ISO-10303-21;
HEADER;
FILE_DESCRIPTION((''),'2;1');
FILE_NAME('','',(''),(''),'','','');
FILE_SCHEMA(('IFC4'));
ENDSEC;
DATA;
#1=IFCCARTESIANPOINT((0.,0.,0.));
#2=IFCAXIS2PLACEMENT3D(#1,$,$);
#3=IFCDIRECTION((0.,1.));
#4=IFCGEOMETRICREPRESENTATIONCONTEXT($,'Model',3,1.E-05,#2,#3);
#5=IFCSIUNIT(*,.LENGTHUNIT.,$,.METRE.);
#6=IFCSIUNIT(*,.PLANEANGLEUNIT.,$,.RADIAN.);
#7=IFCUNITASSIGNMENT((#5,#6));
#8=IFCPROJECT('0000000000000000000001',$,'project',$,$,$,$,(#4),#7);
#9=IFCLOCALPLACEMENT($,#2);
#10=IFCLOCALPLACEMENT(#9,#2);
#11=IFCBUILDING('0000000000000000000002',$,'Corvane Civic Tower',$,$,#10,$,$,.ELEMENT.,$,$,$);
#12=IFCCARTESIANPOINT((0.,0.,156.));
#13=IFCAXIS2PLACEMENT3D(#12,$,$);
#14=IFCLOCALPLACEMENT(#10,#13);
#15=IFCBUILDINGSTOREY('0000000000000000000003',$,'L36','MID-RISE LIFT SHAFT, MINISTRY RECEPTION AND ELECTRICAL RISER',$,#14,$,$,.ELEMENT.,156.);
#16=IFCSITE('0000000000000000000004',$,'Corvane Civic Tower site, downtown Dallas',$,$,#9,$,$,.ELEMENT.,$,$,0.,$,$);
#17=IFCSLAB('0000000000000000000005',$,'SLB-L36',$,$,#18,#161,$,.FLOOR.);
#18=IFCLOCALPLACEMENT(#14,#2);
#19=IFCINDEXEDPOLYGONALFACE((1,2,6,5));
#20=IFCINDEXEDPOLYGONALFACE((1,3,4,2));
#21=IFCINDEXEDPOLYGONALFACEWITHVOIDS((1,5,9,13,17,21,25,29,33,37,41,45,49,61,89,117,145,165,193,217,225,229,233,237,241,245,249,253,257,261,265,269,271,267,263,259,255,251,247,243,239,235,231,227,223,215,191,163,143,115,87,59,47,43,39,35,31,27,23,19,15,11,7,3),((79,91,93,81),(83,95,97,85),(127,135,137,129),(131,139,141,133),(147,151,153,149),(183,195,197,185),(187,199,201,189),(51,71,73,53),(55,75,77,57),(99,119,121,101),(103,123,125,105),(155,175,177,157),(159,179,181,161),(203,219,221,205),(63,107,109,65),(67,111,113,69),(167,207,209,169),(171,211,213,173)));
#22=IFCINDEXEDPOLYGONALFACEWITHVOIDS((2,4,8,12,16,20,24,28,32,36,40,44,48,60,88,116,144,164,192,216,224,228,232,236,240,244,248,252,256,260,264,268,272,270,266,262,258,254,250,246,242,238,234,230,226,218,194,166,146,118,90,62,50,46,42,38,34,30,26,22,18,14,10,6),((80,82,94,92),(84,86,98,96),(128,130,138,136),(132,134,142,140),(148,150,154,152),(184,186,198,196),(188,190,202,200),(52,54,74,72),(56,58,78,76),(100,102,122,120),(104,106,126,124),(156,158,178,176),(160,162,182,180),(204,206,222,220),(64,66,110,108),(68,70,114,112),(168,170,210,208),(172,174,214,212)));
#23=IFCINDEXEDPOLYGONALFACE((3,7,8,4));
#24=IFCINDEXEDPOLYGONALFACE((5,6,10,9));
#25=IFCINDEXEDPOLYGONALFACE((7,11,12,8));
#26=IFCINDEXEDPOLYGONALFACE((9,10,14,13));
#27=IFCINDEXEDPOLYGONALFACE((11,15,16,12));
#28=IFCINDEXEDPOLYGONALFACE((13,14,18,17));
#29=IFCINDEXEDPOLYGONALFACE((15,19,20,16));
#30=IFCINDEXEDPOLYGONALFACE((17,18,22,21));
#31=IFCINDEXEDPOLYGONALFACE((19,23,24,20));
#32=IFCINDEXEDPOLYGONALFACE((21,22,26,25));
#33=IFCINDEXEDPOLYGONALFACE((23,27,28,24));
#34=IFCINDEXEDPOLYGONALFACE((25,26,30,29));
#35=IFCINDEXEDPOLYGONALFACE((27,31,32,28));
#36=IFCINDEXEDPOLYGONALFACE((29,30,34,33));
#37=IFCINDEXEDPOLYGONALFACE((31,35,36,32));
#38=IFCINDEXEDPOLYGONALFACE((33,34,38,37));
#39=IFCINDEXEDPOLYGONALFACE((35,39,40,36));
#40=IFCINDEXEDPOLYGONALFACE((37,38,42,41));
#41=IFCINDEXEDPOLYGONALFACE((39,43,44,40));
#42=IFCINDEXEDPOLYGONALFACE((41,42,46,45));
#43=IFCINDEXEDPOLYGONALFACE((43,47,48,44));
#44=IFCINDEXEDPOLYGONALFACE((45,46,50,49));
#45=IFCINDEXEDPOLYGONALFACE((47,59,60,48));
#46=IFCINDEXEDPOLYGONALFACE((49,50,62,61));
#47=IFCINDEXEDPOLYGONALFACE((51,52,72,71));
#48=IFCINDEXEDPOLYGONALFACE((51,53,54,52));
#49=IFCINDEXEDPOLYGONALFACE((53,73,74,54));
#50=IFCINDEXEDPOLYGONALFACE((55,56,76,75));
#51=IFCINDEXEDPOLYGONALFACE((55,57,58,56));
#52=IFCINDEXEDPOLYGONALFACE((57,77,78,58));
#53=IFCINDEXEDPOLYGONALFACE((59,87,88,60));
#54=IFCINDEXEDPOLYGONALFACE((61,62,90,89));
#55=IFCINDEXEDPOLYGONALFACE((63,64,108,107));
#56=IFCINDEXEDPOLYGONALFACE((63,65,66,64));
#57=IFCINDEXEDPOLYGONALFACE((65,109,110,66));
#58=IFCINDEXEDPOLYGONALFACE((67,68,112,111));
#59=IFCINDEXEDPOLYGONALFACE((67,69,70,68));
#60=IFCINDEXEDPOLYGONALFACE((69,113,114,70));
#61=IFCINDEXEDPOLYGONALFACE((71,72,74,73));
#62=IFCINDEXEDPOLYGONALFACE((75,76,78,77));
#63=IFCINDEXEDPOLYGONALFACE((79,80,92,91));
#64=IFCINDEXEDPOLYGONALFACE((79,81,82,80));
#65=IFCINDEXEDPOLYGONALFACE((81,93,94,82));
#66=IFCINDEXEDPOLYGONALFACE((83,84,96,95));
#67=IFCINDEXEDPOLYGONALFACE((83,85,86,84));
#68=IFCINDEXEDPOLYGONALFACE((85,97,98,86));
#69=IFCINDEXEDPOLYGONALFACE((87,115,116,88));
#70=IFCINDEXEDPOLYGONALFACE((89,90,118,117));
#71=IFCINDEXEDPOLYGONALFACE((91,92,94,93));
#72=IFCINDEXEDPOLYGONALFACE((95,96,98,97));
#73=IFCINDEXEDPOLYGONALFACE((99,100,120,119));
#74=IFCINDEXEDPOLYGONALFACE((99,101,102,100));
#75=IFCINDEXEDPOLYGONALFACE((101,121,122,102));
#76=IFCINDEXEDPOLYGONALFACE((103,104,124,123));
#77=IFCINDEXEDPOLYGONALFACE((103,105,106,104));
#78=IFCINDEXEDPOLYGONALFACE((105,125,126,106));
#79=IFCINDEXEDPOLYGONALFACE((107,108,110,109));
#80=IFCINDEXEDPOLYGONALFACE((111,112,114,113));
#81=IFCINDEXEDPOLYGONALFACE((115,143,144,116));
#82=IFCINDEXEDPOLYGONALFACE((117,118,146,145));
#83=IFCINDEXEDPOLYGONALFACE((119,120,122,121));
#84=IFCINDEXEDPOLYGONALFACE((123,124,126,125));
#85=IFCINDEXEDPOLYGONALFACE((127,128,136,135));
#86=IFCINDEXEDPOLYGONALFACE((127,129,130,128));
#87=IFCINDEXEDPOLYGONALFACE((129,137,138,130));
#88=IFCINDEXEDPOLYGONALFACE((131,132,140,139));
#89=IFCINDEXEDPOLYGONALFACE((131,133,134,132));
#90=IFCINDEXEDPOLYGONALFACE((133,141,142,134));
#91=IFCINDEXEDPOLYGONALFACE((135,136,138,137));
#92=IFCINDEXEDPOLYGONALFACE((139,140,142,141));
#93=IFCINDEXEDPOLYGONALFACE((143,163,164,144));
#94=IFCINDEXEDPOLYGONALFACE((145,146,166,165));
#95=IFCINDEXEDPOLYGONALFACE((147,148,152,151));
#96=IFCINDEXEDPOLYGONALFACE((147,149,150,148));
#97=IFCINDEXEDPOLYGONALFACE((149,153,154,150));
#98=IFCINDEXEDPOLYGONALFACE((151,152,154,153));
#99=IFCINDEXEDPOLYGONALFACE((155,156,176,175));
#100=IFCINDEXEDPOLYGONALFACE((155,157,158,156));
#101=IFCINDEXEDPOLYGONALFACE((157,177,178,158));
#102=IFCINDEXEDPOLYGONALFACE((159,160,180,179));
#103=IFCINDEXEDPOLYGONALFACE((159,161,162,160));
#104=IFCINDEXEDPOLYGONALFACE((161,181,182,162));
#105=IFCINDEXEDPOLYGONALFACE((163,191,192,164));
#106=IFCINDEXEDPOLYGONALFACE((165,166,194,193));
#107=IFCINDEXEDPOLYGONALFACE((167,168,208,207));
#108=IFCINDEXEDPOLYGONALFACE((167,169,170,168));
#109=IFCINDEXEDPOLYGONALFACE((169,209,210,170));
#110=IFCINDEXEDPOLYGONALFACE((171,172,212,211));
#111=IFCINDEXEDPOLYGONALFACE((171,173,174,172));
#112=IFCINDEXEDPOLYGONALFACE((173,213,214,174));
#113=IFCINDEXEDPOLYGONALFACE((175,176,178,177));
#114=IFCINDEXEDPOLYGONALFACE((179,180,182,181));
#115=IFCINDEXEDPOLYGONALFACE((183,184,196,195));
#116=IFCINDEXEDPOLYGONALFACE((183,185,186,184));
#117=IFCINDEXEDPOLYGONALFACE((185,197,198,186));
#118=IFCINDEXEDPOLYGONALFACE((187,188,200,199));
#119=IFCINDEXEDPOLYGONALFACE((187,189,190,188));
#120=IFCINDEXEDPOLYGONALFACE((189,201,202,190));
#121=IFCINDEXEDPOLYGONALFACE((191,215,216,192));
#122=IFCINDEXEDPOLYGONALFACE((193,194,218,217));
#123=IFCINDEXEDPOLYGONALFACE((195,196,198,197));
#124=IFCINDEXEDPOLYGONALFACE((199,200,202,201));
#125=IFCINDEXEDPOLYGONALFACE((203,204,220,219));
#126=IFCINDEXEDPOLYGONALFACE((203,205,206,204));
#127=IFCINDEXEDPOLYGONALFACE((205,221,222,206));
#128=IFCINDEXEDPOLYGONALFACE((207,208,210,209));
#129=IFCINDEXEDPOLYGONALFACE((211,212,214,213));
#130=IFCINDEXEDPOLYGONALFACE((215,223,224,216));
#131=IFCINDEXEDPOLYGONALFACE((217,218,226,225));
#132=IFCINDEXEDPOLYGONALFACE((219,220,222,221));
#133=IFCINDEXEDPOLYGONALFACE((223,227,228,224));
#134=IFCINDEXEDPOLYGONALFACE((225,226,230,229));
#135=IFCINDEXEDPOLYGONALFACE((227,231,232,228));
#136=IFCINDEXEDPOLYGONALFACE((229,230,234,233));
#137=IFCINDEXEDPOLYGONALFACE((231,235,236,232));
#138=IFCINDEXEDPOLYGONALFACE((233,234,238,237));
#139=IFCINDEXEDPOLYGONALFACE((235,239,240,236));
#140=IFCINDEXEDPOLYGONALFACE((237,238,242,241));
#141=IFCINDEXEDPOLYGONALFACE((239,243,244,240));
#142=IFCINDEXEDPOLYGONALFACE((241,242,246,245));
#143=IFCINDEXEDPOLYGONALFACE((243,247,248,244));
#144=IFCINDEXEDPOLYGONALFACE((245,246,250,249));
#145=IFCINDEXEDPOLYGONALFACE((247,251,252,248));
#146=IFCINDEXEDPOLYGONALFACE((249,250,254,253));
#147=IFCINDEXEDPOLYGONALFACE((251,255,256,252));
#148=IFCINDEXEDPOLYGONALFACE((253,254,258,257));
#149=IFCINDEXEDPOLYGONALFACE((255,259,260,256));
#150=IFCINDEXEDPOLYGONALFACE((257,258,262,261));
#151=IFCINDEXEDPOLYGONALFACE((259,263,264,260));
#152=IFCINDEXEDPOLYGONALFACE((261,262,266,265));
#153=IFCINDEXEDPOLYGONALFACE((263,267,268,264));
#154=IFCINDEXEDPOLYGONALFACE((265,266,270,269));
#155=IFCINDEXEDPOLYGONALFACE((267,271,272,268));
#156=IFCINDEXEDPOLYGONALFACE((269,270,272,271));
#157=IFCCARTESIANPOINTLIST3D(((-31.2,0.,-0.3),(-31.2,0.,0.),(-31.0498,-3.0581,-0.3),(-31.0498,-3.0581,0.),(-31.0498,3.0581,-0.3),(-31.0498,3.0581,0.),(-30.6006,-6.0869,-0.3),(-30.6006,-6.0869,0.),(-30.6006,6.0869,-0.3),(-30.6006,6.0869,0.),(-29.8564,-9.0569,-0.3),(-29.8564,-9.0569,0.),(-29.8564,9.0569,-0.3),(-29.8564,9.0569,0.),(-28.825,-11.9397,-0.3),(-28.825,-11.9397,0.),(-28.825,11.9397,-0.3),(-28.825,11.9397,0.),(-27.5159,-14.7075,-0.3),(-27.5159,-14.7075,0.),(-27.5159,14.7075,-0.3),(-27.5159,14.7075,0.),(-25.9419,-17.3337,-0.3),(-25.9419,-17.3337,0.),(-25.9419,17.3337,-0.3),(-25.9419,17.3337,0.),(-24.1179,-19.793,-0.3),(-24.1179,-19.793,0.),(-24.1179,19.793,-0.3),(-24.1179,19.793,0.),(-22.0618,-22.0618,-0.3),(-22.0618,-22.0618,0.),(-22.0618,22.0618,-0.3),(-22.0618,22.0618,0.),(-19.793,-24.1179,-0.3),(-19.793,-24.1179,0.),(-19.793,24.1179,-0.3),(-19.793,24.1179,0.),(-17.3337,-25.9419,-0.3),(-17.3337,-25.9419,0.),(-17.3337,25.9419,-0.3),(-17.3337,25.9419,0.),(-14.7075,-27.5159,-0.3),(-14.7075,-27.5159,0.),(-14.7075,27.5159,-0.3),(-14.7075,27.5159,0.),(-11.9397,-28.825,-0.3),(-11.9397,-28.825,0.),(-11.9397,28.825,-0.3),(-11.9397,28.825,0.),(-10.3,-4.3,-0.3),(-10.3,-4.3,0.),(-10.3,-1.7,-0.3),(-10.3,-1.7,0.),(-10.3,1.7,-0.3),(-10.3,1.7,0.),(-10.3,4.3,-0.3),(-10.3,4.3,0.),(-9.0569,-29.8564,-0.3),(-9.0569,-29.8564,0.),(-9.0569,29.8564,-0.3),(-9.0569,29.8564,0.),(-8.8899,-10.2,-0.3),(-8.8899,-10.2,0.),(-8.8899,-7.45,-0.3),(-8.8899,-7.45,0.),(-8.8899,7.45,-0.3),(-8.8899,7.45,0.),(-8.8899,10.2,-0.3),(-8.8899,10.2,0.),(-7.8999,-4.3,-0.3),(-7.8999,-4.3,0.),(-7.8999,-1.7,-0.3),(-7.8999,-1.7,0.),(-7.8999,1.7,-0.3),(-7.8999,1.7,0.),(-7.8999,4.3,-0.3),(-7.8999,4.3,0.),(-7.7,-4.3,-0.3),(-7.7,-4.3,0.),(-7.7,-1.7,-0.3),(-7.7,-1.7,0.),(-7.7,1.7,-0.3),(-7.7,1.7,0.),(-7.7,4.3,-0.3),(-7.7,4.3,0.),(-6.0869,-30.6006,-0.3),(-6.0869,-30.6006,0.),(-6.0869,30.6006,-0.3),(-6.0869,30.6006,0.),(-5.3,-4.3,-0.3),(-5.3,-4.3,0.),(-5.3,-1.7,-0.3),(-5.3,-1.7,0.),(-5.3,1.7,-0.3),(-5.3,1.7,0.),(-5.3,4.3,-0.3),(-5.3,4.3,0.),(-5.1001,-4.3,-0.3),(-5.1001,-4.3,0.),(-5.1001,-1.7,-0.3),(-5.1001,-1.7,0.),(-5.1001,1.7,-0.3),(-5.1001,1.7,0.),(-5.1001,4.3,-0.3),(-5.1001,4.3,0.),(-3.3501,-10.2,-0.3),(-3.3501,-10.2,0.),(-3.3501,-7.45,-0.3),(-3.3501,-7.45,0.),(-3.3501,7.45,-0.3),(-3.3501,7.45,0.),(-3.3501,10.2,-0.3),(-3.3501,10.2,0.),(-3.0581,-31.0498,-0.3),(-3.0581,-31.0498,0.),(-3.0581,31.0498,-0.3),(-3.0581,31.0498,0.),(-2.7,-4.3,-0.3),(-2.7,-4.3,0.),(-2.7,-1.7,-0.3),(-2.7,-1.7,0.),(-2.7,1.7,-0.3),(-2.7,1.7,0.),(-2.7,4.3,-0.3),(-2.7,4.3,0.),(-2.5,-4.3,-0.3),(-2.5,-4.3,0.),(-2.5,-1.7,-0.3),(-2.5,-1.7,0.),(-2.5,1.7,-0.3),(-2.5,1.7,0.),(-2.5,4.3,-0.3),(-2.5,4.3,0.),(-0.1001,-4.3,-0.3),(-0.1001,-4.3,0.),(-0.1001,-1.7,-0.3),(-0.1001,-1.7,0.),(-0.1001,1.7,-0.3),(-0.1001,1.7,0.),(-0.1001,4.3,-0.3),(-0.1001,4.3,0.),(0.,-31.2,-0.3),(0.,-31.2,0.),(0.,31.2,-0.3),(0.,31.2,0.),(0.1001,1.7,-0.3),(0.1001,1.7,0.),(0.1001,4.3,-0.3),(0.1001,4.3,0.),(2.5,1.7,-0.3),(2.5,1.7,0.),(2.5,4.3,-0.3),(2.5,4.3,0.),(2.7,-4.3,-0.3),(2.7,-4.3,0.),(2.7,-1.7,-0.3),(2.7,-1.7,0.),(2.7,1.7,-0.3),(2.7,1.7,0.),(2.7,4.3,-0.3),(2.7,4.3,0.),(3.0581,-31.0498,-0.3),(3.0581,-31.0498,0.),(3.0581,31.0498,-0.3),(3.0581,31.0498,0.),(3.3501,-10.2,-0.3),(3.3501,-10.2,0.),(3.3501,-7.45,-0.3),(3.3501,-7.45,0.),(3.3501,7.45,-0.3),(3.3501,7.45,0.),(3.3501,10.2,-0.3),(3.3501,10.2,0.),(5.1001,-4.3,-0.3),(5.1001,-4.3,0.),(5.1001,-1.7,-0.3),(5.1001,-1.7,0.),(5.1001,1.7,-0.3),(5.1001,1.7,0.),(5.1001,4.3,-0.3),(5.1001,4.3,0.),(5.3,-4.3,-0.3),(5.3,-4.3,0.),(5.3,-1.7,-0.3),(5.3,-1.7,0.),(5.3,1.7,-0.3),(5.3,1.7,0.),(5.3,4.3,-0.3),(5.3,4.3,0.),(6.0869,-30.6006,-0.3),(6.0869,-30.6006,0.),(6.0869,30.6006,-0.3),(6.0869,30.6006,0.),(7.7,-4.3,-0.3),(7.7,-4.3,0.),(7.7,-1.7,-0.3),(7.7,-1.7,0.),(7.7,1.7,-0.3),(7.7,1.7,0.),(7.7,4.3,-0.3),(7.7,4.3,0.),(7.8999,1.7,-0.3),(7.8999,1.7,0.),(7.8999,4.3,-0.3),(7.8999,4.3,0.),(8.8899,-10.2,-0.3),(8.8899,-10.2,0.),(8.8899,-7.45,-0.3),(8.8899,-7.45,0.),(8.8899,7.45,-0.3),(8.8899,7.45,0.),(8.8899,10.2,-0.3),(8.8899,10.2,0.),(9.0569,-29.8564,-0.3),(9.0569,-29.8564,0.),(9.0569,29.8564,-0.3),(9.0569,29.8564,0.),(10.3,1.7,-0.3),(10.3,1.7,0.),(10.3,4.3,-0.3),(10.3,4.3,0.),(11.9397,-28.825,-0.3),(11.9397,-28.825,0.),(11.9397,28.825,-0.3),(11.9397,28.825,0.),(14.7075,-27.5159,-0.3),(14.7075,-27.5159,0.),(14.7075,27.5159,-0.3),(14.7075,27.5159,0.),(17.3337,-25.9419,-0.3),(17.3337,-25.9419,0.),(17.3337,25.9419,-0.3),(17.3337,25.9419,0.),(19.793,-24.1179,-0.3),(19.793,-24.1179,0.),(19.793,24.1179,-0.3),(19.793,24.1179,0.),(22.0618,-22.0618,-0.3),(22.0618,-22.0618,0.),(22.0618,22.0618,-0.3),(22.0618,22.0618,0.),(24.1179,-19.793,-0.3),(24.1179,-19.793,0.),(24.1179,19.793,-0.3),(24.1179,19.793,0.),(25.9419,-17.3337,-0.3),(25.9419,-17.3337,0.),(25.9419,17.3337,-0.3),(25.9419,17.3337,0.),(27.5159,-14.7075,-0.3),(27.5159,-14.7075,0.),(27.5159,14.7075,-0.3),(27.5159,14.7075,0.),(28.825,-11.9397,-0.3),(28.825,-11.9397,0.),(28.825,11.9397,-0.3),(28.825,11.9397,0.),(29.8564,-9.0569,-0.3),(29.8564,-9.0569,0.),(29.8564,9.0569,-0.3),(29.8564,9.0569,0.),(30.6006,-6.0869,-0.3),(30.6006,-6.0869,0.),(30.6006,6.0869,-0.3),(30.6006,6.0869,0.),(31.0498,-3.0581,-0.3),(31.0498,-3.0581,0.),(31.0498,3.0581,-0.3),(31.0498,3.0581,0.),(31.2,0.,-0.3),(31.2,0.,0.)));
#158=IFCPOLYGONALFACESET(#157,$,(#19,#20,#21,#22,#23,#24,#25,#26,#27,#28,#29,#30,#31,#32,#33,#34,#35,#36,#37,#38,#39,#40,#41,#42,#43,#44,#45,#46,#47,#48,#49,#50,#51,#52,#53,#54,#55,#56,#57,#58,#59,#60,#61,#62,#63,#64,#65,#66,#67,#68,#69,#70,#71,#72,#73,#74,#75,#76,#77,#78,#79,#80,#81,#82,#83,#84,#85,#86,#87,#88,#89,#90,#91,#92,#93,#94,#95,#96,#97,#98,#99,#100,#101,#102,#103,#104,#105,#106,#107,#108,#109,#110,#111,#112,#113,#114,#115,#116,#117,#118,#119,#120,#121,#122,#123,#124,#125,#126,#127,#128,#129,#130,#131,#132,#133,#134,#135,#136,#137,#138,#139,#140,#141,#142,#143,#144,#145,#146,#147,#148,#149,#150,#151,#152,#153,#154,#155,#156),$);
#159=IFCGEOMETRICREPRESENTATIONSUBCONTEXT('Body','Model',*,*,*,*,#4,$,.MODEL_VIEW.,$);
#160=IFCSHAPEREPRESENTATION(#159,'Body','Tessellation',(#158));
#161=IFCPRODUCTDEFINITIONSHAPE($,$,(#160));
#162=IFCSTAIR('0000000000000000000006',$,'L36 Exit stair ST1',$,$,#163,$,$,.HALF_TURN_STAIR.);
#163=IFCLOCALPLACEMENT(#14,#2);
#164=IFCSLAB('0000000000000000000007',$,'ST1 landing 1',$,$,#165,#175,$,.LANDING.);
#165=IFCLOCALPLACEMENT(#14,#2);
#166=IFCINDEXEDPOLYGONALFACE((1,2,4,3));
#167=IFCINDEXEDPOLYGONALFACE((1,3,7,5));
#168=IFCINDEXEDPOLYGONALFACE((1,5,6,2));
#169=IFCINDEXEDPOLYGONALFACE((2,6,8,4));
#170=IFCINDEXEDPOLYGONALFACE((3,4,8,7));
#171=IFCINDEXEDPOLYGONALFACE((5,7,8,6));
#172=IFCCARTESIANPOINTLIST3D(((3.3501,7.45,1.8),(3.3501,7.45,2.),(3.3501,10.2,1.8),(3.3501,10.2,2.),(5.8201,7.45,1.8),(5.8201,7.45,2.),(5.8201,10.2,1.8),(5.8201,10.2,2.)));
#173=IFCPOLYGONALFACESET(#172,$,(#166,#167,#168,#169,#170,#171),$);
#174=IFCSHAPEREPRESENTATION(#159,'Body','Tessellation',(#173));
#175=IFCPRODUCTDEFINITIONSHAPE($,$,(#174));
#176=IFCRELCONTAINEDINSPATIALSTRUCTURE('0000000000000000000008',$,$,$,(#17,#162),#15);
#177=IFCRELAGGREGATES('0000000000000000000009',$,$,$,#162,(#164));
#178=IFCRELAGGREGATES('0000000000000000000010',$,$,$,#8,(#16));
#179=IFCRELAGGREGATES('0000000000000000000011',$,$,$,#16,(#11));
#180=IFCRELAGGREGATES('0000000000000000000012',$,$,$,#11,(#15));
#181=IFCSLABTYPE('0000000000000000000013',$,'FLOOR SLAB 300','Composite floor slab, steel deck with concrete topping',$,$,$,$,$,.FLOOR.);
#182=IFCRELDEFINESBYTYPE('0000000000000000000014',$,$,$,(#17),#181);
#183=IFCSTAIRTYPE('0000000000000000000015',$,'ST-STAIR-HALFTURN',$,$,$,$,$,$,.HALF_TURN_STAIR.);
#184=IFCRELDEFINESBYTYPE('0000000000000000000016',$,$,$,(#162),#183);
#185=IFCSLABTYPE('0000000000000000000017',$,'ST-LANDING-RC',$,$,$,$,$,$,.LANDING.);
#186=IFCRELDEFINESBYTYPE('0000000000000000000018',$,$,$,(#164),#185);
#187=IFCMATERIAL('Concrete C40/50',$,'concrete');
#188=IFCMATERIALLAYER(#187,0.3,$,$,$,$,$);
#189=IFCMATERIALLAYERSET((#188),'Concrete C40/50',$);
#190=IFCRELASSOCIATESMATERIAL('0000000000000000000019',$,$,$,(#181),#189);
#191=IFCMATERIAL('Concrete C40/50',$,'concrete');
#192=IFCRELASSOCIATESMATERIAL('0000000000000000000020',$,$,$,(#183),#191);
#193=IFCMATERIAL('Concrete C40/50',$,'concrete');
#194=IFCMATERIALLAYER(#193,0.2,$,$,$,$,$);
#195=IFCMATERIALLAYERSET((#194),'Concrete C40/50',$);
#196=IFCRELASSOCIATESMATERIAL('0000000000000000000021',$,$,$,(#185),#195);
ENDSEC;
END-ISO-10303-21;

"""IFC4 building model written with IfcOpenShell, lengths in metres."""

from ifc_helpers import new_model, si_unit, direction, frame, origin, place, context, subcontext, project, spatial, polyline, outline, extrude, material, layer, layer_set, type_object, element, aggregate, save


model = new_model("IFC4")

# Units and contexts
model_context = context("Model", 3, precision=1e-05, world=origin(), true_north=direction((0.0, 1.0)))
body_context = subcontext(model_context, "Body", "Model", "MODEL_VIEW")
ifc_project = project(units=[si_unit("LENGTHUNIT", "METRE"), si_unit("PLANEANGLEUNIT", "RADIAN")], contexts=[model_context])

# Site, building, storey
site_placement = place(None, origin())
site = spatial("IfcSite", under=ifc_project, at=site_placement, Name="Corvane Civic Tower site, downtown Dallas", CompositionType="ELEMENT", RefElevation=0.0)
building_placement = place(site_placement, origin())
building = spatial("IfcBuilding", under=site, at=building_placement, Name="Corvane Civic Tower", CompositionType="ELEMENT")
storey_placement = place(building_placement, frame((0.0, 0.0, 156.0)))
storey = spatial("IfcBuildingStorey", under=building, at=storey_placement, Name="L36", Description="MID-RISE LIFT SHAFT, MINISTRY RECEPTION AND ELECTRICAL RISER", CompositionType="ELEMENT", Elevation=156.0)

# Slab
ifc_material_1 = material(Name="Concrete C40/50", Category="concrete")
ifc_layer_1 = layer(ifc_material_1, 0.3)
ifc_layer_set_1 = layer_set([ifc_layer_1], Name="Concrete C40/50")
slab_type_1 = type_object("IfcSlabType", Name="FLOOR SLAB 300", Description="Composite floor slab, steel deck with concrete topping", PredefinedType="FLOOR", material=ifc_layer_set_1)
slab_1_placement = place(storey_placement, frame((0.0, 0.0, -0.3)))
element("IfcSlab", 1, at=slab_1_placement, inside=storey, type_object=slab_type_1, Name="SLB-L36", PredefinedType="FLOOR", context=body_context, shape_type="SweptSolid", body=[
    extrude(outline(polyline([(0.0, 31.2), (-3.0581, 31.0498), (-6.0869, 30.6006), (-9.0569, 29.8564), (-11.9397, 28.825), (-14.7075, 27.5159), (-17.3337, 25.9419), (-19.793, 24.1179), (-22.0618, 22.0618), (-24.1179, 19.793), (-25.9419, 17.3337), (-27.5159, 14.7075), (-28.825, 11.9397), (-29.8564, 9.0569), (-30.6006, 6.0869), (-31.0498, 3.0581), (-31.2, 0.0), (-31.0498, -3.0581), (-30.6006, -6.0869), (-29.8564, -9.0569), (-28.825, -11.9397), (-27.5159, -14.7075), (-25.9419, -17.3337), (-24.1179, -19.793), (-22.0618, -22.0618), (-19.793, -24.1179), (-17.3337, -25.9419), (-14.7075, -27.5159), (-11.9397, -28.825), (-9.0569, -29.8564), (-6.0869, -30.6006), (-3.0581, -31.0498), (0.0, -31.2), (3.0581, -31.0498), (6.0869, -30.6006), (9.0569, -29.8564), (11.9397, -28.825), (14.7075, -27.5159), (17.3337, -25.9419), (19.793, -24.1179), (22.0618, -22.0618), (24.1179, -19.793), (25.9419, -17.3337), (27.5159, -14.7075), (28.825, -11.9397), (29.8564, -9.0569), (30.6006, -6.0869), (31.0498, -3.0581), (31.2, 0.0), (31.0498, 3.0581), (30.6006, 6.0869), (29.8564, 9.0569), (28.825, 11.9397), (27.5159, 14.7075), (25.9419, 17.3337), (24.1179, 19.793), (22.0618, 22.0618), (19.793, 24.1179), (17.3337, 25.9419), (14.7075, 27.5159), (11.9397, 28.825), (9.0569, 29.8564), (6.0869, 30.6006), (3.0581, 31.0498), (0.0, 31.2)]), holes=[polyline([(-7.8999, 1.7), (-10.3, 1.7), (-10.3, 4.3), (-7.8999, 4.3), (-7.8999, 1.7)]), polyline([(-7.7, 4.3), (-5.3, 4.3), (-5.3, 1.7), (-7.7, 1.7), (-7.7, 4.3)]), polyline([(-5.1001, 4.3), (-2.7, 4.3), (-2.7, 1.7), (-5.1001, 1.7), (-5.1001, 4.3)]), polyline([(-2.5, 4.3), (-0.1001, 4.3), (-0.1001, 1.7), (-2.5, 1.7), (-2.5, 4.3)]), polyline([(2.5, 1.7), (0.1001, 1.7), (0.1001, 4.3), (2.5, 4.3), (2.5, 1.7)]), polyline([(5.1001, 1.7), (2.7, 1.7), (2.7, 4.3), (5.1001, 4.3), (5.1001, 1.7)]), polyline([(5.3, 4.3), (7.7, 4.3), (7.7, 1.7), (5.3, 1.7), (5.3, 4.3)]), polyline([(7.8999, 4.3), (10.3, 4.3), (10.3, 1.7), (7.8999, 1.7), (7.8999, 4.3)]), polyline([(-10.3, -1.7), (-7.8999, -1.7), (-7.8999, -4.3), (-10.3, -4.3), (-10.3, -1.7)]), polyline([(-7.7, -1.7), (-5.3, -1.7), (-5.3, -4.3), (-7.7, -4.3), (-7.7, -1.7)]), polyline([(-5.1001, -1.7), (-2.7, -1.7), (-2.7, -4.3), (-5.1001, -4.3), (-5.1001, -1.7)]), polyline([(-2.5, -1.7), (-0.1001, -1.7), (-0.1001, -4.3), (-2.5, -4.3), (-2.5, -1.7)]), polyline([(2.7, -1.7), (5.1001, -1.7), (5.1001, -4.3), (2.7, -4.3), (2.7, -1.7)]), polyline([(5.3, -1.7), (7.7, -1.7), (7.7, -4.3), (5.3, -4.3), (5.3, -1.7)]), polyline([(8.8899, 10.2), (8.8899, 7.45), (3.3501, 7.45), (3.3501, 10.2), (8.8899, 10.2)]), polyline([(-8.8899, 7.45), (-8.8899, 10.2), (-3.3501, 10.2), (-3.3501, 7.45), (-8.8899, 7.45)]), polyline([(8.8899, -7.45), (8.8899, -10.2), (3.3501, -10.2), (3.3501, -7.45), (8.8899, -7.45)]), polyline([(-8.8899, -10.2), (-8.8899, -7.45), (-3.3501, -7.45), (-3.3501, -10.2), (-8.8899, -10.2)])]), origin(), (0.0, 0.0, 1.0), 0.3),
])

# Stair, slab
ifc_material_2 = material(Name="Concrete C40/50", Category="concrete")
stair_type = type_object("IfcStairType", Name="ST-STAIR-HALFTURN", PredefinedType="HALF_TURN_STAIR", material=ifc_material_2)
stair_1_placement = place(storey_placement, origin())
stair_1 = element("IfcStair", 2, at=stair_1_placement, inside=storey, type_object=stair_type, Name="L36 Exit stair ST1", PredefinedType="HALF_TURN_STAIR")
ifc_material_3 = material(Name="Concrete C40/50", Category="concrete")
ifc_layer_2 = layer(ifc_material_3, 0.2)
ifc_layer_set_2 = layer_set([ifc_layer_2], Name="Concrete C40/50")
slab_type_2 = type_object("IfcSlabType", Name="ST-LANDING-RC", PredefinedType="LANDING", material=ifc_layer_set_2)
slab_2_placement = place(storey_placement, frame((0.0, 0.0, 1.8)))
slab_2 = element("IfcSlab", 3, at=slab_2_placement, type_object=slab_type_2, Name="ST1 landing 1", PredefinedType="LANDING", context=body_context, shape_type="SweptSolid", body=[
    extrude(outline(polyline([(5.8201, 10.2), (3.3501, 10.2), (3.3501, 7.45), (5.8201, 7.45), (5.8201, 10.2)])), origin(), (0.0, 0.0, 1.0), 0.2),
])
aggregate(stair_1, [slab_2])

save(model, "model.ifc")
